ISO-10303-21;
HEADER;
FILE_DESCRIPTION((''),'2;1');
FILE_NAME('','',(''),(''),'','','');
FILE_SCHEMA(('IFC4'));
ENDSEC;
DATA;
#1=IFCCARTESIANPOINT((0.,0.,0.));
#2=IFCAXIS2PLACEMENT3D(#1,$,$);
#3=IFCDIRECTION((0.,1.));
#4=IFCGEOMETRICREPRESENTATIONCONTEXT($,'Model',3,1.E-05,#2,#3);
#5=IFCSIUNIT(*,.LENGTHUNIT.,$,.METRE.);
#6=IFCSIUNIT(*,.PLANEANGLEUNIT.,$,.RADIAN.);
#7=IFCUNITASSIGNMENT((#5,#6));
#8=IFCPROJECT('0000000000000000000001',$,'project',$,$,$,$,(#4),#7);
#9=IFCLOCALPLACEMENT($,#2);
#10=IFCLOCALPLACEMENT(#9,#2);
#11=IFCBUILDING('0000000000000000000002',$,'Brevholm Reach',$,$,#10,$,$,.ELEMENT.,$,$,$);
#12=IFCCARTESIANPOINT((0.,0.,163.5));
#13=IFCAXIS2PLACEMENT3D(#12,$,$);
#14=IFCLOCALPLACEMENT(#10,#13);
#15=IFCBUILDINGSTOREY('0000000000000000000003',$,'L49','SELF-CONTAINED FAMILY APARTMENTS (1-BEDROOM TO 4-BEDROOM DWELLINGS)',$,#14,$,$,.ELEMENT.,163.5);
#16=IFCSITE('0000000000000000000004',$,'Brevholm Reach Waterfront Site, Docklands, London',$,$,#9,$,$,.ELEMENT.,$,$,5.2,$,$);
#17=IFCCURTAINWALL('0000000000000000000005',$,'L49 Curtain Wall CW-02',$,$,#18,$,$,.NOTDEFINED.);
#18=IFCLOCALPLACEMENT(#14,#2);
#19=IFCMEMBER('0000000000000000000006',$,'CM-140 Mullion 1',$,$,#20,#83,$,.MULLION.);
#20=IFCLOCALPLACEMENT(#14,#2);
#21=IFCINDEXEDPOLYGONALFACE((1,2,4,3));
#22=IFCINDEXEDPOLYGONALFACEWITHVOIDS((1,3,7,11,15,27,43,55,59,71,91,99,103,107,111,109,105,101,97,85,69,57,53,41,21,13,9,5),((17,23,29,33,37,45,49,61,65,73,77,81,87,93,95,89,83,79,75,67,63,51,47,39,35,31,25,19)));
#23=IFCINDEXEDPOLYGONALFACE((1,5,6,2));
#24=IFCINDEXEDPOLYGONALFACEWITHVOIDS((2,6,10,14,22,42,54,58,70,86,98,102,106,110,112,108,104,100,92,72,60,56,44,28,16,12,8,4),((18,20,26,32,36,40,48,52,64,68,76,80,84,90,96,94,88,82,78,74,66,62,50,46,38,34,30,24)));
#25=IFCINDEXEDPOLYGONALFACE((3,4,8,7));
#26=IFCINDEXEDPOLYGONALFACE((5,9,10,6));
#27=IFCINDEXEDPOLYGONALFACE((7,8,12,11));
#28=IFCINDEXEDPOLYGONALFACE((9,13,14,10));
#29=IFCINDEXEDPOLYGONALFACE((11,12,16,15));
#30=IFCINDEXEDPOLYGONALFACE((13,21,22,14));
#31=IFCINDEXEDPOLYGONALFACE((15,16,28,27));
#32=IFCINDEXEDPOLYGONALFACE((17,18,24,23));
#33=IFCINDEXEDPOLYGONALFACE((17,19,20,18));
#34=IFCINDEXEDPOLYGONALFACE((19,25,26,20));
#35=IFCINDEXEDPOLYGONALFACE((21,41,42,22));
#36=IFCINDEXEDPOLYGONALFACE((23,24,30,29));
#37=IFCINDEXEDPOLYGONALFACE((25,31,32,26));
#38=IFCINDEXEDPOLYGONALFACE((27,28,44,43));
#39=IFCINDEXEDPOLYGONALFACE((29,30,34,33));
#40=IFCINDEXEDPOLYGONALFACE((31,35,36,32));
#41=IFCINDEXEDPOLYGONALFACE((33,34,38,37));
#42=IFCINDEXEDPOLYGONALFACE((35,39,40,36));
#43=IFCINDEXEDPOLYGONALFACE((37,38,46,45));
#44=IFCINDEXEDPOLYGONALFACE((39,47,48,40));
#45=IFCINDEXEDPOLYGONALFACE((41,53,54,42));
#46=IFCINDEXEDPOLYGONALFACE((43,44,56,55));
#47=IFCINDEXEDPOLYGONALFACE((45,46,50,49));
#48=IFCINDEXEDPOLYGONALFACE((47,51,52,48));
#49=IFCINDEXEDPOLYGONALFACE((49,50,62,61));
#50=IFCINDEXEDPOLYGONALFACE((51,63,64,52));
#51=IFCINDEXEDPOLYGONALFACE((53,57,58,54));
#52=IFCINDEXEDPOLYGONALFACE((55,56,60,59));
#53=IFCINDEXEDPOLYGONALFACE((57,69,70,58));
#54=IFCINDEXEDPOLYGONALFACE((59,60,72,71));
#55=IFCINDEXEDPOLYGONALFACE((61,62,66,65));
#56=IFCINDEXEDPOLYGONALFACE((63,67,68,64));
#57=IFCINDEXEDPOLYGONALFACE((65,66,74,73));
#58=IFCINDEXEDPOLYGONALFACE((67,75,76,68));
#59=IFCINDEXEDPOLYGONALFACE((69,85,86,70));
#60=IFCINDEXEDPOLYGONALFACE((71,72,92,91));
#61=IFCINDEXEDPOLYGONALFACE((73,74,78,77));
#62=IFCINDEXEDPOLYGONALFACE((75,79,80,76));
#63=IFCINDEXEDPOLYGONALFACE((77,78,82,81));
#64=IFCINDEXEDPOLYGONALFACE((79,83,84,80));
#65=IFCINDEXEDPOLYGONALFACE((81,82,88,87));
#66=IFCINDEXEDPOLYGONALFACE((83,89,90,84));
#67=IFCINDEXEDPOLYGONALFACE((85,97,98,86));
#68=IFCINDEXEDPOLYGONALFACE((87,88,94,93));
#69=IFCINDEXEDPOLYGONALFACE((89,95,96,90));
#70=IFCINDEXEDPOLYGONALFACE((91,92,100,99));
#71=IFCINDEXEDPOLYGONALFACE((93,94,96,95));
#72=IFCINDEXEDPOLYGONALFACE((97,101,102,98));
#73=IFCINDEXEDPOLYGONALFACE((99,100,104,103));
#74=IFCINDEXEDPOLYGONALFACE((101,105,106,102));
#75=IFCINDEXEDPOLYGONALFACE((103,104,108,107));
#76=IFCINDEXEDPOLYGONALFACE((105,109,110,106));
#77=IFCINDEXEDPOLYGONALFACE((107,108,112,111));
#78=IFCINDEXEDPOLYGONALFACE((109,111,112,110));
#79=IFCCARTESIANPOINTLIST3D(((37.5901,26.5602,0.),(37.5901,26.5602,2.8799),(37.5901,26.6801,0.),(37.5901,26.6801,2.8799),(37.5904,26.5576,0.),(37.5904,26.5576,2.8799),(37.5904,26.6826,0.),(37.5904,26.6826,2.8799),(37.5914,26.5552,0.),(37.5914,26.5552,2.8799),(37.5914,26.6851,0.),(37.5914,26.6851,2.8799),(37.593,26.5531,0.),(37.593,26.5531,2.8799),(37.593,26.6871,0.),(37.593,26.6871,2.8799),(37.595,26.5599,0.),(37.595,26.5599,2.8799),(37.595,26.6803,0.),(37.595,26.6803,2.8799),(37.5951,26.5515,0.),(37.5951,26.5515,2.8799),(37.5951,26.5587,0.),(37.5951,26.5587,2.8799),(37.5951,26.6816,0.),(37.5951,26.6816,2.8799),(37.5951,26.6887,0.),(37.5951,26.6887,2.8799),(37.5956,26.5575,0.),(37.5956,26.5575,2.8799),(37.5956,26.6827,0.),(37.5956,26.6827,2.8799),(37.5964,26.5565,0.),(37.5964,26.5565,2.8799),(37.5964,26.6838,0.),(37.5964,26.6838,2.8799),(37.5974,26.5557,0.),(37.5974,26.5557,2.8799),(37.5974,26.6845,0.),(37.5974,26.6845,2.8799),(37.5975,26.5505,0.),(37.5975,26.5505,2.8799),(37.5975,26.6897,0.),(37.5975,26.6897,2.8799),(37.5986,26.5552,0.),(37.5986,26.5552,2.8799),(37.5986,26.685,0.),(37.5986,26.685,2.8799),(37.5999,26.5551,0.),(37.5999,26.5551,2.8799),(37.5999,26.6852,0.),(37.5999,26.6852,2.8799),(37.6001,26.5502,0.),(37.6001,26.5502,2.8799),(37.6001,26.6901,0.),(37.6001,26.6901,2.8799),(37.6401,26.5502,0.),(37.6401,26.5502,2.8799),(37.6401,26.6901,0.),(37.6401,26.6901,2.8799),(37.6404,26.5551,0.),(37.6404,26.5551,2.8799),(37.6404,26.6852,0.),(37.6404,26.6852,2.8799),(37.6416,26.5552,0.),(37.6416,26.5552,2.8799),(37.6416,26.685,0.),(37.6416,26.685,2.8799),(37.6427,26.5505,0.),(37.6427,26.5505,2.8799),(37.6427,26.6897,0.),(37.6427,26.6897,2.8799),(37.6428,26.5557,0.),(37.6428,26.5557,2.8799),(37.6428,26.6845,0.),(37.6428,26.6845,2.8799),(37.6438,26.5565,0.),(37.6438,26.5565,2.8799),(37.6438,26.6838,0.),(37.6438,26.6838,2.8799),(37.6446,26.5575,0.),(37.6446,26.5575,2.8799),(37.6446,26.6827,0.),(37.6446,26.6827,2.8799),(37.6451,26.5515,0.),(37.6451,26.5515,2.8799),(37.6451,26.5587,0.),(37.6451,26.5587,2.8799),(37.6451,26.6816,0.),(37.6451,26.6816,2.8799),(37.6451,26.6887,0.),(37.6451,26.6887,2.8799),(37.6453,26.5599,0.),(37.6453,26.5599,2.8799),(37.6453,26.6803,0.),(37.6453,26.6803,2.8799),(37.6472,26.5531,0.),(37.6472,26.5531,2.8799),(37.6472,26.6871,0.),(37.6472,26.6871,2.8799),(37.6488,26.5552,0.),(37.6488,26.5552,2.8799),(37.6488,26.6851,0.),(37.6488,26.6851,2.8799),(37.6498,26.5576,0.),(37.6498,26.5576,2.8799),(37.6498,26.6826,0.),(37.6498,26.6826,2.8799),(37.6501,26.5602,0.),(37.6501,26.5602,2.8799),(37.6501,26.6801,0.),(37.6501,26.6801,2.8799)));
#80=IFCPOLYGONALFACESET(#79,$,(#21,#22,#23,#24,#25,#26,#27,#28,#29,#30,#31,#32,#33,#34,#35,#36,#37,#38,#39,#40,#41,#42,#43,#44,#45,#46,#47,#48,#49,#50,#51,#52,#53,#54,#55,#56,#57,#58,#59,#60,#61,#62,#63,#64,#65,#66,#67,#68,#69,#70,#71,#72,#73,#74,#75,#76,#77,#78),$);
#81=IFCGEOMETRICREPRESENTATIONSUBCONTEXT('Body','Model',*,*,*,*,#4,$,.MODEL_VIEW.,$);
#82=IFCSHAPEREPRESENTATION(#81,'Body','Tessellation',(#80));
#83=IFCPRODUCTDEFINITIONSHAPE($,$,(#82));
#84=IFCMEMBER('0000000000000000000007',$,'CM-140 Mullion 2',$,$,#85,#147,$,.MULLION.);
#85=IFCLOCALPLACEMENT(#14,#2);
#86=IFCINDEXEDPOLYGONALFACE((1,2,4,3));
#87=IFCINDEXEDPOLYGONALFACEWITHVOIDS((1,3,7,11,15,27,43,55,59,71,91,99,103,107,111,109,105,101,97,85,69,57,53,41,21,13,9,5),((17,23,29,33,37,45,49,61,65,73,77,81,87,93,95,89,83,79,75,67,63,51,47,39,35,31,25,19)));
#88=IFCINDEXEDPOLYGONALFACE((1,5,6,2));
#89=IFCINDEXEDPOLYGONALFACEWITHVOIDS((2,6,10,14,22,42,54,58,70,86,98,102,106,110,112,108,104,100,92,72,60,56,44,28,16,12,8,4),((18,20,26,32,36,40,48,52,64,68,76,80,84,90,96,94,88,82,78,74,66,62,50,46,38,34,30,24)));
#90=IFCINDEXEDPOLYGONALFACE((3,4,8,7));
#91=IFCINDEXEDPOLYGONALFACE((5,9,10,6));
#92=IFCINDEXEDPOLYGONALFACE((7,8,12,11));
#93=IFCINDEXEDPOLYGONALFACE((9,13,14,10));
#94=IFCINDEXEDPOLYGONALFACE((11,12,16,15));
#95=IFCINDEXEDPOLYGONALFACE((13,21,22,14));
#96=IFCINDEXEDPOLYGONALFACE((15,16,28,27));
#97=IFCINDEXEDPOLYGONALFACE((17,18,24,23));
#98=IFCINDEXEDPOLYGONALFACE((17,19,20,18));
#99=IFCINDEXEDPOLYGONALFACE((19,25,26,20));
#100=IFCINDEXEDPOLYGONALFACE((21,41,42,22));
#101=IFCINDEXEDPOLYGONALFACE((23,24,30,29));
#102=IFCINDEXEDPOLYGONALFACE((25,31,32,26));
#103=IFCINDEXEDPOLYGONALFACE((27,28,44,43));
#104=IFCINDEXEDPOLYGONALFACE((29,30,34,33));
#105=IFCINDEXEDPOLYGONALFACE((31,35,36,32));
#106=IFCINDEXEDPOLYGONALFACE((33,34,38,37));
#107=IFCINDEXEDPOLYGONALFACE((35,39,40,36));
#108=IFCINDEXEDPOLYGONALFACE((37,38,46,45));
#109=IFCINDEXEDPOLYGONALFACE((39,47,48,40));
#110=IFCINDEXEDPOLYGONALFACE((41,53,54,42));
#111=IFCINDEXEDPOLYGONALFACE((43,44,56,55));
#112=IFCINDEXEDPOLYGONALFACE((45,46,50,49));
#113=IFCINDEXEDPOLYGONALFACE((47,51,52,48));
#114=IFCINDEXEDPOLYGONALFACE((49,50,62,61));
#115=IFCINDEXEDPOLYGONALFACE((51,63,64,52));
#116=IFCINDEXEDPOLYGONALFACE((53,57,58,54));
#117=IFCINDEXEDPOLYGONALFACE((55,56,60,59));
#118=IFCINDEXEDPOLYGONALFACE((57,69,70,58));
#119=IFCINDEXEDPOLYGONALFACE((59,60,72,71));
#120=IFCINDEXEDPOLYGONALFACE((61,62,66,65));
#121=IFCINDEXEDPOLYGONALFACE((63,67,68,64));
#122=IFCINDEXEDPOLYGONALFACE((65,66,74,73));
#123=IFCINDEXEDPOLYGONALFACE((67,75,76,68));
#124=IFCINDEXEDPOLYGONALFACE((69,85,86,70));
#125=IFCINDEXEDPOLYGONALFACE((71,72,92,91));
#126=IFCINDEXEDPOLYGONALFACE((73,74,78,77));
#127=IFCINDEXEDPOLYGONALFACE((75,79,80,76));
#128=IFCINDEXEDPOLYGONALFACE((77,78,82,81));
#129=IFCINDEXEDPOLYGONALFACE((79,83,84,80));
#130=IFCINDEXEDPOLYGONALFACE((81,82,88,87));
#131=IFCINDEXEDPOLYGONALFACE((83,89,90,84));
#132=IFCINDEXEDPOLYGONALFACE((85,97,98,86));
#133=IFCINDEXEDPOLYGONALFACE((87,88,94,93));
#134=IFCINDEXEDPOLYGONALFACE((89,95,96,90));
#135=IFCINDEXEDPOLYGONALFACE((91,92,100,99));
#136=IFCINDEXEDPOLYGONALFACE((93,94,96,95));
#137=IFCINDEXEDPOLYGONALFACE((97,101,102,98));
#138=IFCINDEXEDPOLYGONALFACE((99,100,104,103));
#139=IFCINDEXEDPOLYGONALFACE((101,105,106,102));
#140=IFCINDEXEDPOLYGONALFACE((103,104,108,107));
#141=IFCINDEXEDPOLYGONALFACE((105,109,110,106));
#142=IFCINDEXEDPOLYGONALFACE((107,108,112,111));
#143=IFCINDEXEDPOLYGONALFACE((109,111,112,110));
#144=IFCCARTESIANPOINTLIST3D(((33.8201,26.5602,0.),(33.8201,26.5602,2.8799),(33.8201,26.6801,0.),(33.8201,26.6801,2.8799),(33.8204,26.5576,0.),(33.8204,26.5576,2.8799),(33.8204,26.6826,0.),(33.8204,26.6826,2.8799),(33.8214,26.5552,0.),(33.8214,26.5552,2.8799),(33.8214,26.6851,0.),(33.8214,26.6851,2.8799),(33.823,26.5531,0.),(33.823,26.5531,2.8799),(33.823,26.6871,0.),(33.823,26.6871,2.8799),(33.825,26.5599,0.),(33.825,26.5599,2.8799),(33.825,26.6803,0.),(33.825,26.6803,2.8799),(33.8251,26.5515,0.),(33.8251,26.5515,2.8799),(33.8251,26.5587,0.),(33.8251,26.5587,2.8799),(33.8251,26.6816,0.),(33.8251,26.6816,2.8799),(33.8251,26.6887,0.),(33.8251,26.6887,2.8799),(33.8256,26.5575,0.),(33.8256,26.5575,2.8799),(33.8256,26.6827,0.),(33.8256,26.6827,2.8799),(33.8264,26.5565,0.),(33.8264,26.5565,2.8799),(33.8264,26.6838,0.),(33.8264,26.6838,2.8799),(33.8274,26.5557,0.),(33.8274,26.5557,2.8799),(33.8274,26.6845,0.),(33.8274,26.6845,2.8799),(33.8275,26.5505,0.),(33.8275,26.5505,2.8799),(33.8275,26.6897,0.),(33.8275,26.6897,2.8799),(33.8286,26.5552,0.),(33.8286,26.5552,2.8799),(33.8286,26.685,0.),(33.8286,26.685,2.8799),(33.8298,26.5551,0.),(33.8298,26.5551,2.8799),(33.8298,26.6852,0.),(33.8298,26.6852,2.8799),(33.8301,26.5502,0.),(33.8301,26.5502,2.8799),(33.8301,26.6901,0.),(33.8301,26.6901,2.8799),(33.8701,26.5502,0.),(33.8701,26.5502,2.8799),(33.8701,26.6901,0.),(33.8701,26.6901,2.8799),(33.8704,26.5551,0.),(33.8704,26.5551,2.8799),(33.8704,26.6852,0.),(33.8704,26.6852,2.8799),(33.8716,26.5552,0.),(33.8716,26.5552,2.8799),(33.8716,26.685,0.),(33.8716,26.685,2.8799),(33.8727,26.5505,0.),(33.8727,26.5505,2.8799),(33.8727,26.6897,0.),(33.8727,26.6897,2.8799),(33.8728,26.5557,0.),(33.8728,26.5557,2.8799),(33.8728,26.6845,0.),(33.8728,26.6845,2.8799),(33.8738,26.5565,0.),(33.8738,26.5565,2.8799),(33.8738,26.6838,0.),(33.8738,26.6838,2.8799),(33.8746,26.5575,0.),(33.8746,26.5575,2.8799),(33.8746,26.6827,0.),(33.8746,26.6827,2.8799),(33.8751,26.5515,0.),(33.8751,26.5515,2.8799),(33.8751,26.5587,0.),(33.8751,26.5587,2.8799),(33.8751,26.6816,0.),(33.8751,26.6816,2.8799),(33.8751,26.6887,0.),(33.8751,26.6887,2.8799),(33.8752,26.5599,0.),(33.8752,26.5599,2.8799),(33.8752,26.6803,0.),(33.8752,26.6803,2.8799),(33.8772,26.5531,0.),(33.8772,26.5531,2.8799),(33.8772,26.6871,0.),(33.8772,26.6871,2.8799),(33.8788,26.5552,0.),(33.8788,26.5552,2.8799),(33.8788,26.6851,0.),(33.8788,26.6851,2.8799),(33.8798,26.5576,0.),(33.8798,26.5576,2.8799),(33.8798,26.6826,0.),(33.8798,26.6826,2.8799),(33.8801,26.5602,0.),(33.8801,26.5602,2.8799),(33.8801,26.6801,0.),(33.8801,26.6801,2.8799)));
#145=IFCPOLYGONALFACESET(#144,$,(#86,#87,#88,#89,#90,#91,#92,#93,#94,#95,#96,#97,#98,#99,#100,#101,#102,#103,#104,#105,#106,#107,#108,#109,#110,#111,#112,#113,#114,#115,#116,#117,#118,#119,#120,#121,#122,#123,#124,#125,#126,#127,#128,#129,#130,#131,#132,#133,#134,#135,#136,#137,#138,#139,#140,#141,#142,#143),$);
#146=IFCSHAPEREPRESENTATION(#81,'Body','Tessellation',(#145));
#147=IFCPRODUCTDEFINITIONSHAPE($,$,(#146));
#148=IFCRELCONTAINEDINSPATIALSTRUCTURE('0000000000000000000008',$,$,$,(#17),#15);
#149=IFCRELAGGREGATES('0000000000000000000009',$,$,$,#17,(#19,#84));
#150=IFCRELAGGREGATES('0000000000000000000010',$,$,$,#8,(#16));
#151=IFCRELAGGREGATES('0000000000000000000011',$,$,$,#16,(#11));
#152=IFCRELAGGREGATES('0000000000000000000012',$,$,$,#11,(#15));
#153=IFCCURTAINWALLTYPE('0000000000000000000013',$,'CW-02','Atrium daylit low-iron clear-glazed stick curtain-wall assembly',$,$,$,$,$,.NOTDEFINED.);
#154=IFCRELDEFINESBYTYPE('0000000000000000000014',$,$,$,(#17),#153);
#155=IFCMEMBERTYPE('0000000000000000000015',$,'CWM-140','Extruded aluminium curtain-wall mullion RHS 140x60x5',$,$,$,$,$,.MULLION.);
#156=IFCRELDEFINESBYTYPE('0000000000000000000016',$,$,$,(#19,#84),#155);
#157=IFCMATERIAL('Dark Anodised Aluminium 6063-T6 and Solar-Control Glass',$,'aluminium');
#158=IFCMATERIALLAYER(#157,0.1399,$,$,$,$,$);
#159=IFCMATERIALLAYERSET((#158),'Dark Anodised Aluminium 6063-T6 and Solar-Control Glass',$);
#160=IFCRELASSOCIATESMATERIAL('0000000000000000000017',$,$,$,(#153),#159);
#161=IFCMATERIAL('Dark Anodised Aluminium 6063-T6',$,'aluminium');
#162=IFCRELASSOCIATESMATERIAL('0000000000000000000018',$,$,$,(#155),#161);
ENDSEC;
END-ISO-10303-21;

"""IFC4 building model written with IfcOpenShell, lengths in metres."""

from ifc_helpers import new_model, si_unit, direction, frame, origin, origin_2d, place, context, subcontext, project, spatial, hollow_rectangle, extrude, material, layer, layer_set, material_profile, profile_set, type_object, element, aggregate, save


model = new_model("IFC4")

# Units and contexts
model_context = context("Model", 3, precision=1e-05, world=origin(), true_north=direction((0.0, 1.0)))
body_context = subcontext(model_context, "Body", "Model", "MODEL_VIEW")
ifc_project = project(units=[si_unit("LENGTHUNIT", "METRE"), si_unit("PLANEANGLEUNIT", "RADIAN")], contexts=[model_context])

# Site, building, storey
site_placement = place(None, origin())
site = spatial("IfcSite", under=ifc_project, at=site_placement, Name="Brevholm Reach Waterfront Site, Docklands, London", CompositionType="ELEMENT", RefElevation=5.2)
building_placement = place(site_placement, origin())
building = spatial("IfcBuilding", under=site, at=building_placement, Name="Brevholm Reach", CompositionType="ELEMENT")
storey_placement = place(building_placement, frame((0.0, 0.0, 163.5)))
storey = spatial("IfcBuildingStorey", under=building, at=storey_placement, Name="L49", Description="SELF-CONTAINED FAMILY APARTMENTS (1-BEDROOM TO 4-BEDROOM DWELLINGS)", CompositionType="ELEMENT", Elevation=163.5)

# Curtain wall, members
ifc_material_1 = material(Name="Dark Anodised Aluminium 6063-T6 and Solar-Control Glass", Category="aluminium")
ifc_layer_1 = layer(ifc_material_1, 0.1399)
ifc_layer_set_1 = layer_set([ifc_layer_1], Name="Dark Anodised Aluminium 6063-T6 and Solar-Control Glass")
curtain_wall_type_1 = type_object("IfcCurtainWallType", Name="CW-02", Description="Atrium daylit low-iron clear-glazed stick curtain-wall assembly", PredefinedType="NOTDEFINED", material=ifc_layer_set_1)
curtain_wall_1_placement = place(storey_placement, origin())
curtain_wall_1 = element("IfcCurtainWall", 1, at=curtain_wall_1_placement, inside=storey, type_object=curtain_wall_type_1, Name="L49 Curtain Wall CW-02", PredefinedType="NOTDEFINED")
ifc_material_2 = material(Name="Dark Anodised Aluminium 6063-T6", Category="aluminium")
ifc_material_profile_1 = material_profile(ifc_material_2, hollow_rectangle(XDim=0.0601, YDim=0.1399, WallThickness=0.0049, InnerFilletRadius=0.0049, OuterFilletRadius=0.01, at=origin_2d()), Name="RHS 140x60x5")
ifc_profile_set_1 = profile_set([ifc_material_profile_1], Name="Dark Anodised Aluminium 6063-T6")
member_type_1 = type_object("IfcMemberType", Name="CWM-140", Description="Extruded aluminium curtain-wall mullion RHS 140x60x5", PredefinedType="MULLION", material=ifc_profile_set_1)
member_1_placement = place(storey_placement, frame((37.6201, 26.6201, 0.0), z_axis=(0.0, 0.0, 1.0), x_axis=(-1.0, 0.0, 0.0)))
member_1 = element("IfcMember", 2, at=member_1_placement, type_object=member_type_1, Name="CM-140 Mullion 1", PredefinedType="MULLION", context=body_context, shape_type="SweptSolid", body=[
    extrude(hollow_rectangle(XDim=0.0601, YDim=0.1399, WallThickness=0.0049, InnerFilletRadius=0.0049, OuterFilletRadius=0.01, at=origin_2d()), origin(), (0.0, 0.0, 1.0), 2.8799),
])
member_2_placement = place(storey_placement, frame((33.8501, 26.6201, 0.0), z_axis=(0.0, 0.0, 1.0), x_axis=(-1.0, 0.0, 0.0)))
member_2 = element("IfcMember", 3, at=member_2_placement, type_object=member_type_1, Name="CM-140 Mullion 2", PredefinedType="MULLION", context=body_context, shape_type="SweptSolid", body=[
    extrude(hollow_rectangle(XDim=0.0601, YDim=0.1399, WallThickness=0.0049, InnerFilletRadius=0.0049, OuterFilletRadius=0.01, at=origin_2d()), origin(), (0.0, 0.0, 1.0), 2.8799),
])

aggregate(curtain_wall_1, [member_1, member_2])

save(model, "model.ifc")
